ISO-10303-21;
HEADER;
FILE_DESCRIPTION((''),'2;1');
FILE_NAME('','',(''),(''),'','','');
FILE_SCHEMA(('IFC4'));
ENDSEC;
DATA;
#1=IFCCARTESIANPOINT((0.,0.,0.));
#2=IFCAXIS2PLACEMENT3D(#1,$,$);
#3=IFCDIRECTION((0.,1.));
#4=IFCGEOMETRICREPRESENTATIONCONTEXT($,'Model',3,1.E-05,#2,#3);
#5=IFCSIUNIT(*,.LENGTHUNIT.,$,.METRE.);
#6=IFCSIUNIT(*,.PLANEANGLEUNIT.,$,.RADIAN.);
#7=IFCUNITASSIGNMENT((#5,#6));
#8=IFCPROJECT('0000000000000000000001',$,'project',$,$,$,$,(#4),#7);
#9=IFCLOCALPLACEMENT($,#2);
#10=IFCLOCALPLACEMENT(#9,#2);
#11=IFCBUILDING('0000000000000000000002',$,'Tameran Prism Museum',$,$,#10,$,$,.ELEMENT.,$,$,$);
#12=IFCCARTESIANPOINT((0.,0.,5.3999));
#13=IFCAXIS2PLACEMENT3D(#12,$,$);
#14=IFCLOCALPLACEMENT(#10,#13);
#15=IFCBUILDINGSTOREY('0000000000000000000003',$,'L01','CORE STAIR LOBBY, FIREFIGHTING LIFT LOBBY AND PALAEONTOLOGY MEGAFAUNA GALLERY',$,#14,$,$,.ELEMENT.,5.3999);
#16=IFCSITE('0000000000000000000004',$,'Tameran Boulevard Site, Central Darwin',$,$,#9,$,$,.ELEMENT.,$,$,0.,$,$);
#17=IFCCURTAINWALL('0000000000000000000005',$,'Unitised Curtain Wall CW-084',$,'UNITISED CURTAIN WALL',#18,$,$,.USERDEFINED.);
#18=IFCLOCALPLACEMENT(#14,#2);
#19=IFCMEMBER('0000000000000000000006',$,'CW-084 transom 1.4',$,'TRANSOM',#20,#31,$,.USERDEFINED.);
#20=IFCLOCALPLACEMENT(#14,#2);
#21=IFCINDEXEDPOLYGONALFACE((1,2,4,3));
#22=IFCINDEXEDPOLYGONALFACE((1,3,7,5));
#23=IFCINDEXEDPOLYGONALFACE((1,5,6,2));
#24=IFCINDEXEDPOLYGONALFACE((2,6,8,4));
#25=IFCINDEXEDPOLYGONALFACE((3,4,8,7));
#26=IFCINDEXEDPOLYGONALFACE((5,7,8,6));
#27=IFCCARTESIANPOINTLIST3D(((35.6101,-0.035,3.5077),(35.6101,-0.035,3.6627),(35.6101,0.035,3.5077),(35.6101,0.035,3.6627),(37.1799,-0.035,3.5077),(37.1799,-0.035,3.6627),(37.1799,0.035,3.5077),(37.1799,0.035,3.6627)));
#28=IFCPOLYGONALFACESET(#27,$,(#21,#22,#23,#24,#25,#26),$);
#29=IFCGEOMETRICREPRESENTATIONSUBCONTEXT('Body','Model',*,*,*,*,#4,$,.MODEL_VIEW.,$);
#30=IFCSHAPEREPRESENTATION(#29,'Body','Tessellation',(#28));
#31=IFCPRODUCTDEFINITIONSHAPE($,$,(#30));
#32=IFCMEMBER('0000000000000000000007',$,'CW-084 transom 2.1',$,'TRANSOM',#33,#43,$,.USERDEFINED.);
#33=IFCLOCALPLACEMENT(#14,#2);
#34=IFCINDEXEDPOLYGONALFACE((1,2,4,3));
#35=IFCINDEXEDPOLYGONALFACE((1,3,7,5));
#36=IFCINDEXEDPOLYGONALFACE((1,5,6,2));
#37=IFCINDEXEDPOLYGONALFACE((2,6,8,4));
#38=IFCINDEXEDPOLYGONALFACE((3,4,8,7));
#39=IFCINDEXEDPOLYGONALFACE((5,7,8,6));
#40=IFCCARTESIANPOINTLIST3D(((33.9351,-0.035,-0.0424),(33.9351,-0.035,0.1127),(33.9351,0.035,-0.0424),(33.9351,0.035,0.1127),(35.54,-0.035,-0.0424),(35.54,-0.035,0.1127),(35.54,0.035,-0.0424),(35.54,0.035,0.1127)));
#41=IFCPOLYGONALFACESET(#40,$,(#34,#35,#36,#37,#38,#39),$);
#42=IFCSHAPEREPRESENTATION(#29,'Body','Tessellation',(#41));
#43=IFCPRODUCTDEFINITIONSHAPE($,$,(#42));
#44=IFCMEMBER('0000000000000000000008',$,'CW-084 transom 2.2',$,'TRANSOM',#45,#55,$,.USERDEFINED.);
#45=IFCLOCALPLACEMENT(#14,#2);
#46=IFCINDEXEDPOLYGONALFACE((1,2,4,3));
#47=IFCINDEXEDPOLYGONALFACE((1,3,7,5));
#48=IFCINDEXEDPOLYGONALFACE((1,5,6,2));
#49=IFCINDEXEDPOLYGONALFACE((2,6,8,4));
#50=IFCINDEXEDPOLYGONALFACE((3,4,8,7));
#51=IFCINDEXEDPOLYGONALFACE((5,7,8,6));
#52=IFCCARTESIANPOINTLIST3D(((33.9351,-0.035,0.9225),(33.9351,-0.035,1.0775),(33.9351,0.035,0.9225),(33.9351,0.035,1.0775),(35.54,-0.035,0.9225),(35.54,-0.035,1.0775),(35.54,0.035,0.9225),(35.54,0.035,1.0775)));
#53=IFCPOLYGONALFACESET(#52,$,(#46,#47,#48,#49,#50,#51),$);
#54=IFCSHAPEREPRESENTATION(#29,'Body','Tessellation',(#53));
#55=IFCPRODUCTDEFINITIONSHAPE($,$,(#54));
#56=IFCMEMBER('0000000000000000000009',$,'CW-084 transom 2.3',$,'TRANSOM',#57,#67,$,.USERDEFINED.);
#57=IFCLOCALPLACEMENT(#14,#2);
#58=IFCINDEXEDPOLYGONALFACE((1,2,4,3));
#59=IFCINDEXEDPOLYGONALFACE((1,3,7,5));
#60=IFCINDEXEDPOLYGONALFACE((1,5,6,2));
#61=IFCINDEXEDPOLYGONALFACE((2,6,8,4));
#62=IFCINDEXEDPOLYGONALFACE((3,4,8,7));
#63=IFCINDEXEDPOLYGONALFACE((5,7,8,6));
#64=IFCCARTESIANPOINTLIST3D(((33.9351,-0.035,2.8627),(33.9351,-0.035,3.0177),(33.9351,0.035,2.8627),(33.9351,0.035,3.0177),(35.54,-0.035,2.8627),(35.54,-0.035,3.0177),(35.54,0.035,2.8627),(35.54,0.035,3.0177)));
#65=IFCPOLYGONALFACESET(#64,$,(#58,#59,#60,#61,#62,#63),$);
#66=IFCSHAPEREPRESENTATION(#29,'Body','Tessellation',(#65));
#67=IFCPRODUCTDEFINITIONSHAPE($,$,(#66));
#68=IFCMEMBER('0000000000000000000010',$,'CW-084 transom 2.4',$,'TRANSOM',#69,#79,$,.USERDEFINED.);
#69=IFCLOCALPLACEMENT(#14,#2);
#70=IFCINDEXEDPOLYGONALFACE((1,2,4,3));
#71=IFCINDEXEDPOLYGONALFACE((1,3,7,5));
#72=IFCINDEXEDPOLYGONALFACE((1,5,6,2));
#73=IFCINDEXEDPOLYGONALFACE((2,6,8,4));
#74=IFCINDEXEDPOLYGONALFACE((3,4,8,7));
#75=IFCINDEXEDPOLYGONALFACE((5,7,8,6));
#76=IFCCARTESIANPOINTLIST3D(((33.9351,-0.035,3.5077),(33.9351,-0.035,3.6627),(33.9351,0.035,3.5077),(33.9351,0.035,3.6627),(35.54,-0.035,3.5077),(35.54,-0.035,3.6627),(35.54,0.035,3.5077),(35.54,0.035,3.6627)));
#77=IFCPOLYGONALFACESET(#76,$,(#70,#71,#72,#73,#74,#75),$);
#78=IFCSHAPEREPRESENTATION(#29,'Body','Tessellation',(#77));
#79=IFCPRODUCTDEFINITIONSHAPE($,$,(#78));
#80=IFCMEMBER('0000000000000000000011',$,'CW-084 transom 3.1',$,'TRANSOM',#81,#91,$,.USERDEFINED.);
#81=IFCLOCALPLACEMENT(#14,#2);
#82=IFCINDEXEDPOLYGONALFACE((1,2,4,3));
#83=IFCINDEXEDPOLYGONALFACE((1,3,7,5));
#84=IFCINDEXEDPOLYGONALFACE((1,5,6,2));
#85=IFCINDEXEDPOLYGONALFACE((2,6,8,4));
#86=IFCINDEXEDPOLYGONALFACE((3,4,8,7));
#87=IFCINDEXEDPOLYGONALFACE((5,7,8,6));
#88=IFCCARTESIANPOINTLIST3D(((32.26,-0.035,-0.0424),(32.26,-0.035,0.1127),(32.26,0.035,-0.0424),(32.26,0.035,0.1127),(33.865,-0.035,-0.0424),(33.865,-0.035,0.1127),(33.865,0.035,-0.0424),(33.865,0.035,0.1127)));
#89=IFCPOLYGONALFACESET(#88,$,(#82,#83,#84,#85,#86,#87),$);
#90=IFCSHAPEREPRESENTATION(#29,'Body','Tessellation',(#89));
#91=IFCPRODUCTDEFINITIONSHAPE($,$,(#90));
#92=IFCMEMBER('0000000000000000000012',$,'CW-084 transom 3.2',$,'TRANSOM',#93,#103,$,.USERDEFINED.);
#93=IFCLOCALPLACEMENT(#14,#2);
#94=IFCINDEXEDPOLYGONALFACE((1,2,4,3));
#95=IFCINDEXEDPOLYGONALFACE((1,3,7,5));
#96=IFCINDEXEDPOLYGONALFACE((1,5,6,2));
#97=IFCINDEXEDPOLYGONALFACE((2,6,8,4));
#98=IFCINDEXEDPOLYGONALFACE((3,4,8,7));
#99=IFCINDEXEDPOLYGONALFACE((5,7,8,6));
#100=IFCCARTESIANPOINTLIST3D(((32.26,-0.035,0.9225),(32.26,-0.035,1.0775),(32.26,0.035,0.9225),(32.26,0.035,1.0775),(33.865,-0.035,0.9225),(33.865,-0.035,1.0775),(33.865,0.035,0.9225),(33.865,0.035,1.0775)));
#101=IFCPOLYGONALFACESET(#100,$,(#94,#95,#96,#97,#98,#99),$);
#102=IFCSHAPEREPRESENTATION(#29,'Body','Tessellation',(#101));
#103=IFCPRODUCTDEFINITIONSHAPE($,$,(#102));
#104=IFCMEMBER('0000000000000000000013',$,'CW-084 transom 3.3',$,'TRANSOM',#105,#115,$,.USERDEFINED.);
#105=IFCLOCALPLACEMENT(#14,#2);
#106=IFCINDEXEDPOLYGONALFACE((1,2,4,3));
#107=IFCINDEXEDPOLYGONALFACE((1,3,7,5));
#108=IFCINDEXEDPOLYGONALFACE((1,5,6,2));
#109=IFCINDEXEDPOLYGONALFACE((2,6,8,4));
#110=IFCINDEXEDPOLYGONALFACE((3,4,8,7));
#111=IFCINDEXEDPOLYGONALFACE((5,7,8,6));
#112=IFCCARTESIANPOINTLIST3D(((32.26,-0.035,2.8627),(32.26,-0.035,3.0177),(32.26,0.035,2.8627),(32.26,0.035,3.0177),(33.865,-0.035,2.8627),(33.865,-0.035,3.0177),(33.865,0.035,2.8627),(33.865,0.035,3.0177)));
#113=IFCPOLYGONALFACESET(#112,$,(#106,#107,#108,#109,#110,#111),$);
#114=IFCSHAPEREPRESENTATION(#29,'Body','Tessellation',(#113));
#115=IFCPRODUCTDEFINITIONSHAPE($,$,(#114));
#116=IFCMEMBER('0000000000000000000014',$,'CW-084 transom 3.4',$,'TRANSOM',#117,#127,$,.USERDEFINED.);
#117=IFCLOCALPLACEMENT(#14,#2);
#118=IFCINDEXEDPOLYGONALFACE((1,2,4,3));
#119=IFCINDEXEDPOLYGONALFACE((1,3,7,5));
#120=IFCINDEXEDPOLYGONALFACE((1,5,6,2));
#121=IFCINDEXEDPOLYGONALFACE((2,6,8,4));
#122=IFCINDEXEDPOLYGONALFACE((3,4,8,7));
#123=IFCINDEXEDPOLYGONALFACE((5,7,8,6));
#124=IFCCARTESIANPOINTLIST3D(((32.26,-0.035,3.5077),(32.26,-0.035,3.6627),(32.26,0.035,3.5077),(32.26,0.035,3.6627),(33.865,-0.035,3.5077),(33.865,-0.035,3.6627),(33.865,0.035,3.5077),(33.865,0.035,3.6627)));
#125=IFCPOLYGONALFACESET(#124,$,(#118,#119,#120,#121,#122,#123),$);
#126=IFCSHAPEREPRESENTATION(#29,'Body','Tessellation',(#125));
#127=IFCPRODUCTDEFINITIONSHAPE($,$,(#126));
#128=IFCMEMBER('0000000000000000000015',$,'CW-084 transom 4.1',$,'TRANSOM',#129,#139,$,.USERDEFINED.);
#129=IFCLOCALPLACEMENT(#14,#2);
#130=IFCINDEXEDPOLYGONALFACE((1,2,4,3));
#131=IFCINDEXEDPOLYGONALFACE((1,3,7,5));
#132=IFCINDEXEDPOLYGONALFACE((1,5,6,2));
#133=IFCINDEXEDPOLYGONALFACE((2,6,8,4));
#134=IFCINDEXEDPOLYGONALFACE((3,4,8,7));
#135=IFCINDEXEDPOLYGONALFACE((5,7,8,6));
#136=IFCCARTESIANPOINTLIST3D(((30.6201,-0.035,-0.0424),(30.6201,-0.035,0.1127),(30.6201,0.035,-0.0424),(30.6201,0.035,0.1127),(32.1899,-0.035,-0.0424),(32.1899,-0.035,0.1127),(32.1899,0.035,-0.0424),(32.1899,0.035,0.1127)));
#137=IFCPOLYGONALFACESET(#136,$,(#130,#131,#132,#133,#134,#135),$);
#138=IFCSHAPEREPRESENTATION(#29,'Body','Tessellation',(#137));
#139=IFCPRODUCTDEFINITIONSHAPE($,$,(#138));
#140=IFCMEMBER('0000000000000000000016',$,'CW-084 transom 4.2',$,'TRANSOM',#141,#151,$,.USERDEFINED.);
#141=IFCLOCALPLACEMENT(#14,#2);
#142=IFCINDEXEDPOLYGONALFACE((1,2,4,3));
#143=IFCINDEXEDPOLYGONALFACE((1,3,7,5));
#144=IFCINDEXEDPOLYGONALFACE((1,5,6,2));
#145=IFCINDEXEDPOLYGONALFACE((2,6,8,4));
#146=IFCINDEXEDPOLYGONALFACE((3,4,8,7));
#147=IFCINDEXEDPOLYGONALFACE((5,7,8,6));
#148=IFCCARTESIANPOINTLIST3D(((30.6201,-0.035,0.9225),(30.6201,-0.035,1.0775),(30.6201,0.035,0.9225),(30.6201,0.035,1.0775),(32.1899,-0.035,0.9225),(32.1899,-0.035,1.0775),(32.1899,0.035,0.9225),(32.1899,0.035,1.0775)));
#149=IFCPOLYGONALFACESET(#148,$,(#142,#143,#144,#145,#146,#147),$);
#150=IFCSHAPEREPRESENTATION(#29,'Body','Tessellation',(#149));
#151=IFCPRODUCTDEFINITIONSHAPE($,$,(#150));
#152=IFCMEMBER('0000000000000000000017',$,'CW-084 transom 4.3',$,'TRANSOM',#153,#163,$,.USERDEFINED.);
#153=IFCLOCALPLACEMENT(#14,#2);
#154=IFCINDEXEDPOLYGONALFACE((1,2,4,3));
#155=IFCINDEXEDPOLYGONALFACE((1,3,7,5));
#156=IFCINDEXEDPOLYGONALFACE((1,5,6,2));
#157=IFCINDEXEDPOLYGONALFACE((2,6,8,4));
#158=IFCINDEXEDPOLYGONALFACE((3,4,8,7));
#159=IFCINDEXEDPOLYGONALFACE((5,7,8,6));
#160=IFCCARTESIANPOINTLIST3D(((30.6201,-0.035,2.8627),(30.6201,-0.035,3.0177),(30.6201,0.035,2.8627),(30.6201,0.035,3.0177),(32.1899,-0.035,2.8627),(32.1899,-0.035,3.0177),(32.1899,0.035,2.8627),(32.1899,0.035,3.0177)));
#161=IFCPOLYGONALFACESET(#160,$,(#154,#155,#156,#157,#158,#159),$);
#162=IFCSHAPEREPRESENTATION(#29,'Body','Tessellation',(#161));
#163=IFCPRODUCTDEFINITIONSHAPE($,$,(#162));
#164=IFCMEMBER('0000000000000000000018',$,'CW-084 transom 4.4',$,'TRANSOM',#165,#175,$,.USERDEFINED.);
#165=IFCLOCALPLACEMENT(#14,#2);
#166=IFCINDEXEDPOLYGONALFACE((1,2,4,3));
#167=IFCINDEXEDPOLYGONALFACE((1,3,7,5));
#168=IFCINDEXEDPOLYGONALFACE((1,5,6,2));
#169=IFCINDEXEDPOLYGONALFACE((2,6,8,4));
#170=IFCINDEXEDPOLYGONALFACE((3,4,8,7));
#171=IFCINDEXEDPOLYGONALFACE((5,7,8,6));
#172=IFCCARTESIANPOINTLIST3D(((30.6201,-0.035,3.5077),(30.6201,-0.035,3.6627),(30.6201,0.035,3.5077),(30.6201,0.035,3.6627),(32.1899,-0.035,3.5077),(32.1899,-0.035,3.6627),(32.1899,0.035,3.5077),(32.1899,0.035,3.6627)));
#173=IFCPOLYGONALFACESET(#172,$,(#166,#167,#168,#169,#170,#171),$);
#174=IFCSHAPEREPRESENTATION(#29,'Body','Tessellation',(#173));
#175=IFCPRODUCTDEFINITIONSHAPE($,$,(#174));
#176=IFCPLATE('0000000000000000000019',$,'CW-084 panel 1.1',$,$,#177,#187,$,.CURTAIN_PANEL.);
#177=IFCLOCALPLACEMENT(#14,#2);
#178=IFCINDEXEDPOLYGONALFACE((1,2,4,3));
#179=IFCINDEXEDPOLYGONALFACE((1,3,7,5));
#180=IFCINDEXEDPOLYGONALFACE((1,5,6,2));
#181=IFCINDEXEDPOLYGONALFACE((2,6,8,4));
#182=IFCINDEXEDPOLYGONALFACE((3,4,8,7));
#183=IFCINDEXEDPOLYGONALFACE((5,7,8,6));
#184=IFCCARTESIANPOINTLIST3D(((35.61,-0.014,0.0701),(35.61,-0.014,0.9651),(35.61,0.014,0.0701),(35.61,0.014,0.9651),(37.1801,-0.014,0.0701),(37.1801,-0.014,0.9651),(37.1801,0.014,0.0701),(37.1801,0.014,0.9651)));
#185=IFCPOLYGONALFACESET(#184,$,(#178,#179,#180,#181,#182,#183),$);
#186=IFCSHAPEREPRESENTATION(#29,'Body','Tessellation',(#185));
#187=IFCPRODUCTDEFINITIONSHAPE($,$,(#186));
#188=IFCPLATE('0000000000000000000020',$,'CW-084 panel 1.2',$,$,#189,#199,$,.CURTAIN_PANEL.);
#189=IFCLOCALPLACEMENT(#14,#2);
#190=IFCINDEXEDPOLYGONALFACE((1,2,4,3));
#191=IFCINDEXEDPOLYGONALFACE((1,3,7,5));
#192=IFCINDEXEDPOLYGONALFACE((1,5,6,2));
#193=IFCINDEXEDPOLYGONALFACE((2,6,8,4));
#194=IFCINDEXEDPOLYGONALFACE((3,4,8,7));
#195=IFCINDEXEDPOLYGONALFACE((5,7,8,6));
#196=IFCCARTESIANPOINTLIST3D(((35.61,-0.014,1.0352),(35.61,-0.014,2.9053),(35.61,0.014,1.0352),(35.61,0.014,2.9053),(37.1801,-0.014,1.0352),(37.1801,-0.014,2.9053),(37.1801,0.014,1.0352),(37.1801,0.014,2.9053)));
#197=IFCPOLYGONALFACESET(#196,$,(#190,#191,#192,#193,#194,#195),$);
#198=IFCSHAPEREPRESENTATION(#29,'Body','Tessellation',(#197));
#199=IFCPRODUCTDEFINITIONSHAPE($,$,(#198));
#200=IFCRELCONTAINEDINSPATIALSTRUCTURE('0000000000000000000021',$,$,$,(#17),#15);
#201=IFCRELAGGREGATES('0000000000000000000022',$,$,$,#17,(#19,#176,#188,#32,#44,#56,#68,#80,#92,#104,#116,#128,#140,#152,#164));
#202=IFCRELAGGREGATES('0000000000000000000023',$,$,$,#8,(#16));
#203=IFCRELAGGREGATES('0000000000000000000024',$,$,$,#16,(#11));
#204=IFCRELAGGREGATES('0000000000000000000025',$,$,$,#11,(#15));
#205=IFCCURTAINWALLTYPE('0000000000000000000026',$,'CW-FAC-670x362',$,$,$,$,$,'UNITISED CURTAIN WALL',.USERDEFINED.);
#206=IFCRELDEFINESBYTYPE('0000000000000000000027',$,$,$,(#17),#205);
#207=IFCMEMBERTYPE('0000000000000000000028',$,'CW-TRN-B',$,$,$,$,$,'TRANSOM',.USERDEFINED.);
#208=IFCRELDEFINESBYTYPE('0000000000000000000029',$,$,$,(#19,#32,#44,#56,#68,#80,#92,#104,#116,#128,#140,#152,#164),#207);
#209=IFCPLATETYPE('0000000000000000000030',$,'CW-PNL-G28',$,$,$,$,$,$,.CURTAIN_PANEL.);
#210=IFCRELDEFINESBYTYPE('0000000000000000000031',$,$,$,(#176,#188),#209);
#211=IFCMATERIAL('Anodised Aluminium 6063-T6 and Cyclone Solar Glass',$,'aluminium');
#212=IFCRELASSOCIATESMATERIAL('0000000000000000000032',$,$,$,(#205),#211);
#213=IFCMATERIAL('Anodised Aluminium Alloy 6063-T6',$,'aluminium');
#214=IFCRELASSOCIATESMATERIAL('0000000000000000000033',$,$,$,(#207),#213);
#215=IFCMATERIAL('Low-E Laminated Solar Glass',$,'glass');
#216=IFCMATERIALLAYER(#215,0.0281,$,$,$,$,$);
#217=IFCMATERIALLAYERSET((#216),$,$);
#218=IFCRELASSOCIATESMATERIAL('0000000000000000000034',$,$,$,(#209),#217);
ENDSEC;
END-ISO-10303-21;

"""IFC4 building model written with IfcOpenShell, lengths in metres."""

from ifc_helpers import new_model, si_unit, direction, frame, origin, origin_2d, place, context, subcontext, project, spatial, rectangle, extrude, material, layer, layer_set, material_profile, profile_set, type_object, element, aggregate, save


model = new_model("IFC4")

# Units and contexts
model_context = context("Model", 3, precision=1e-05, world=origin(), true_north=direction((0.0, 1.0)))
body_context = subcontext(model_context, "Body", "Model", "MODEL_VIEW")
ifc_project = project(units=[si_unit("LENGTHUNIT", "METRE"), si_unit("PLANEANGLEUNIT", "RADIAN")], contexts=[model_context])

# Site, building, storey
site_placement = place(None, origin())
site = spatial("IfcSite", under=ifc_project, at=site_placement, Name="Tameran Boulevard Site, Central Darwin", CompositionType="ELEMENT", RefElevation=0.0)
building_placement = place(site_placement, origin())
building = spatial("IfcBuilding", under=site, at=building_placement, Name="Tameran Prism Museum", CompositionType="ELEMENT")
storey_placement = place(building_placement, frame((0.0, 0.0, 5.3999)))
storey = spatial("IfcBuildingStorey", under=building, at=storey_placement, Name="L01", Description="CORE STAIR LOBBY, FIREFIGHTING LIFT LOBBY AND PALAEONTOLOGY MEGAFAUNA GALLERY", CompositionType="ELEMENT", Elevation=5.3999)

# Curtain wall, members, plates
ifc_material_1 = material(Name="Anodised Aluminium 6063-T6 and Cyclone Solar Glass", Category="aluminium")
curtain_wall_type = type_object("IfcCurtainWallType", Name="CW-FAC-670x362", ElementType="UNITISED CURTAIN WALL", PredefinedType="USERDEFINED", material=ifc_material_1)
curtain_wall_placement = place(storey_placement, origin())
curtain_wall = element("IfcCurtainWall", 1, at=curtain_wall_placement, inside=storey, type_object=curtain_wall_type, Name="Unitised Curtain Wall CW-084", ObjectType="UNITISED CURTAIN WALL", PredefinedType="USERDEFINED")
ifc_material_2 = material(Name="Anodised Aluminium Alloy 6063-T6", Category="aluminium")
ifc_material_profile_1 = material_profile(ifc_material_2, rectangle(XDim=0.0701, YDim=0.155, at=origin_2d()))
ifc_profile_set_1 = profile_set([ifc_material_profile_1])
member_type_1 = type_object("IfcMemberType", Name="CW-TRN-B", ElementType="TRANSOM", PredefinedType="USERDEFINED", material=ifc_profile_set_1)
member_1_placement = place(storey_placement, frame((37.1799, 0.0, 3.5852), z_axis=(-1.0, 0.0, 0.0), x_axis=(0.0, -1.0, 0.0)))
member_1 = element("IfcMember", 2, at=member_1_placement, type_object=member_type_1, Name="CW-084 transom 1.4", ObjectType="TRANSOM", PredefinedType="USERDEFINED", context=body_context, shape_type="SweptSolid", body=[
    extrude(rectangle(XDim=0.0701, YDim=0.155, at=origin_2d()), origin(), (0.0, 0.0, 1.0), 1.5698),
])
member_2_placement = place(storey_placement, frame((35.54, 0.0, 0.0352), z_axis=(-1.0, 0.0, 0.0), x_axis=(0.0, -1.0, 0.0)))
member_2 = element("IfcMember", 3, at=member_2_placement, type_object=member_type_1, Name="CW-084 transom 2.1", ObjectType="TRANSOM", PredefinedType="USERDEFINED", context=body_context, shape_type="SweptSolid", body=[
    extrude(rectangle(XDim=0.0701, YDim=0.155, at=origin_2d()), origin(), (0.0, 0.0, 1.0), 1.605),
])
member_3_placement = place(storey_placement, frame((35.54, 0.0, 1.0), z_axis=(-1.0, 0.0, 0.0), x_axis=(0.0, -1.0, 0.0)))
member_3 = element("IfcMember", 4, at=member_3_placement, type_object=member_type_1, Name="CW-084 transom 2.2", ObjectType="TRANSOM", PredefinedType="USERDEFINED", context=body_context, shape_type="SweptSolid", body=[
    extrude(rectangle(XDim=0.0701, YDim=0.155, at=origin_2d()), origin(), (0.0, 0.0, 1.0), 1.605),
])
member_4_placement = place(storey_placement, frame((35.54, 0.0, 2.9402), z_axis=(-1.0, 0.0, 0.0), x_axis=(0.0, -1.0, 0.0)))
member_4 = element("IfcMember", 5, at=member_4_placement, type_object=member_type_1, Name="CW-084 transom 2.3", ObjectType="TRANSOM", PredefinedType="USERDEFINED", context=body_context, shape_type="SweptSolid", body=[
    extrude(rectangle(XDim=0.0701, YDim=0.155, at=origin_2d()), origin(), (0.0, 0.0, 1.0), 1.605),
])
member_5_placement = place(storey_placement, frame((35.54, 0.0, 3.5852), z_axis=(-1.0, 0.0, 0.0), x_axis=(0.0, -1.0, 0.0)))
member_5 = element("IfcMember", 6, at=member_5_placement, type_object=member_type_1, Name="CW-084 transom 2.4", ObjectType="TRANSOM", PredefinedType="USERDEFINED", context=body_context, shape_type="SweptSolid", body=[
    extrude(rectangle(XDim=0.0701, YDim=0.155, at=origin_2d()), origin(), (0.0, 0.0, 1.0), 1.605),
])
member_6_placement = place(storey_placement, frame((33.865, 0.0, 0.0352), z_axis=(-1.0, 0.0, 0.0), x_axis=(0.0, -1.0, 0.0)))
member_6 = element("IfcMember", 7, at=member_6_placement, type_object=member_type_1, Name="CW-084 transom 3.1", ObjectType="TRANSOM", PredefinedType="USERDEFINED", context=body_context, shape_type="SweptSolid", body=[
    extrude(rectangle(XDim=0.0701, YDim=0.155, at=origin_2d()), origin(), (0.0, 0.0, 1.0), 1.605),
])
member_7_placement = place(storey_placement, frame((33.865, 0.0, 1.0), z_axis=(-1.0, 0.0, 0.0), x_axis=(0.0, -1.0, 0.0)))
member_7 = element("IfcMember", 8, at=member_7_placement, type_object=member_type_1, Name="CW-084 transom 3.2", ObjectType="TRANSOM", PredefinedType="USERDEFINED", context=body_context, shape_type="SweptSolid", body=[
    extrude(rectangle(XDim=0.0701, YDim=0.155, at=origin_2d()), origin(), (0.0, 0.0, 1.0), 1.605),
])
member_8_placement = place(storey_placement, frame((33.865, 0.0, 2.9402), z_axis=(-1.0, 0.0, 0.0), x_axis=(0.0, -1.0, 0.0)))
member_8 = element("IfcMember", 9, at=member_8_placement, type_object=member_type_1, Name="CW-084 transom 3.3", ObjectType="TRANSOM", PredefinedType="USERDEFINED", context=body_context, shape_type="SweptSolid", body=[
    extrude(rectangle(XDim=0.0701, YDim=0.155, at=origin_2d()), origin(), (0.0, 0.0, 1.0), 1.605),
])
member_9_placement = place(storey_placement, frame((33.865, 0.0, 3.5852), z_axis=(-1.0, 0.0, 0.0), x_axis=(0.0, -1.0, 0.0)))
member_9 = element("IfcMember", 10, at=member_9_placement, type_object=member_type_1, Name="CW-084 transom 3.4", ObjectType="TRANSOM", PredefinedType="USERDEFINED", context=body_context, shape_type="SweptSolid", body=[
    extrude(rectangle(XDim=0.0701, YDim=0.155, at=origin_2d()), origin(), (0.0, 0.0, 1.0), 1.605),
])
member_10_placement = place(storey_placement, frame((32.1899, 0.0, 0.0352), z_axis=(-1.0, 0.0, 0.0), x_axis=(0.0, -1.0, 0.0)))
member_10 = element("IfcMember", 11, at=member_10_placement, type_object=member_type_1, Name="CW-084 transom 4.1", ObjectType="TRANSOM", PredefinedType="USERDEFINED", context=body_context, shape_type="SweptSolid", body=[
    extrude(rectangle(XDim=0.0701, YDim=0.155, at=origin_2d()), origin(), (0.0, 0.0, 1.0), 1.5698),
])
member_11_placement = place(storey_placement, frame((32.1899, 0.0, 1.0), z_axis=(-1.0, 0.0, 0.0), x_axis=(0.0, -1.0, 0.0)))
member_11 = element("IfcMember", 12, at=member_11_placement, type_object=member_type_1, Name="CW-084 transom 4.2", ObjectType="TRANSOM", PredefinedType="USERDEFINED", context=body_context, shape_type="SweptSolid", body=[
    extrude(rectangle(XDim=0.0701, YDim=0.155, at=origin_2d()), origin(), (0.0, 0.0, 1.0), 1.5698),
])
member_12_placement = place(storey_placement, frame((32.1899, 0.0, 2.9402), z_axis=(-1.0, 0.0, 0.0), x_axis=(0.0, -1.0, 0.0)))
member_12 = element("IfcMember", 13, at=member_12_placement, type_object=member_type_1, Name="CW-084 transom 4.3", ObjectType="TRANSOM", PredefinedType="USERDEFINED", context=body_context, shape_type="SweptSolid", body=[
    extrude(rectangle(XDim=0.0701, YDim=0.155, at=origin_2d()), origin(), (0.0, 0.0, 1.0), 1.5698),
])
member_13_placement = place(storey_placement, frame((32.1899, 0.0, 3.5852), z_axis=(-1.0, 0.0, 0.0), x_axis=(0.0, -1.0, 0.0)))
member_13 = element("IfcMember", 14, at=member_13_placement, type_object=member_type_1, Name="CW-084 transom 4.4", ObjectType="TRANSOM", PredefinedType="USERDEFINED", context=body_context, shape_type="SweptSolid", body=[
    extrude(rectangle(XDim=0.0701, YDim=0.155, at=origin_2d()), origin(), (0.0, 0.0, 1.0), 1.5698),
])
ifc_material_3 = material(Name="Low-E Laminated Solar Glass", Category="glass")
ifc_layer_1 = layer(ifc_material_3, 0.0281)
ifc_layer_set_1 = layer_set([ifc_layer_1])
plate_type = type_object("IfcPlateType", Name="CW-PNL-G28", PredefinedType="CURTAIN_PANEL", material=ifc_layer_set_1)
plate_1_placement = place(storey_placement, frame((36.395, 0.0, 0.0701), z_axis=(0.0, 0.0, 1.0), x_axis=(-1.0, 0.0, 0.0)))
plate_1 = element("IfcPlate", 15, at=plate_1_placement, type_object=plate_type, Name="CW-084 panel 1.1", PredefinedType="CURTAIN_PANEL", context=body_context, shape_type="SweptSolid", body=[
    extrude(rectangle(XDim=1.5701, YDim=0.0281, at=origin_2d()), origin(), (0.0, 0.0, 1.0), 0.895),
])
plate_2_placement = place(storey_placement, frame((36.395, 0.0, 1.0352), z_axis=(0.0, 0.0, 1.0), x_axis=(-1.0, 0.0, 0.0)))
plate_2 = element("IfcPlate", 16, at=plate_2_placement, type_object=plate_type, Name="CW-084 panel 1.2", PredefinedType="CURTAIN_PANEL", context=body_context, shape_type="SweptSolid", body=[
    extrude(rectangle(XDim=1.5701, YDim=0.0281, at=origin_2d()), origin(), (0.0, 0.0, 1.0), 1.8701),
])
aggregate(curtain_wall, [member_1, plate_1, plate_2, member_2, member_3, member_4, member_5, member_6, member_7, member_8, member_9, member_10, member_11, member_12, member_13])

save(model, "model.ifc")
